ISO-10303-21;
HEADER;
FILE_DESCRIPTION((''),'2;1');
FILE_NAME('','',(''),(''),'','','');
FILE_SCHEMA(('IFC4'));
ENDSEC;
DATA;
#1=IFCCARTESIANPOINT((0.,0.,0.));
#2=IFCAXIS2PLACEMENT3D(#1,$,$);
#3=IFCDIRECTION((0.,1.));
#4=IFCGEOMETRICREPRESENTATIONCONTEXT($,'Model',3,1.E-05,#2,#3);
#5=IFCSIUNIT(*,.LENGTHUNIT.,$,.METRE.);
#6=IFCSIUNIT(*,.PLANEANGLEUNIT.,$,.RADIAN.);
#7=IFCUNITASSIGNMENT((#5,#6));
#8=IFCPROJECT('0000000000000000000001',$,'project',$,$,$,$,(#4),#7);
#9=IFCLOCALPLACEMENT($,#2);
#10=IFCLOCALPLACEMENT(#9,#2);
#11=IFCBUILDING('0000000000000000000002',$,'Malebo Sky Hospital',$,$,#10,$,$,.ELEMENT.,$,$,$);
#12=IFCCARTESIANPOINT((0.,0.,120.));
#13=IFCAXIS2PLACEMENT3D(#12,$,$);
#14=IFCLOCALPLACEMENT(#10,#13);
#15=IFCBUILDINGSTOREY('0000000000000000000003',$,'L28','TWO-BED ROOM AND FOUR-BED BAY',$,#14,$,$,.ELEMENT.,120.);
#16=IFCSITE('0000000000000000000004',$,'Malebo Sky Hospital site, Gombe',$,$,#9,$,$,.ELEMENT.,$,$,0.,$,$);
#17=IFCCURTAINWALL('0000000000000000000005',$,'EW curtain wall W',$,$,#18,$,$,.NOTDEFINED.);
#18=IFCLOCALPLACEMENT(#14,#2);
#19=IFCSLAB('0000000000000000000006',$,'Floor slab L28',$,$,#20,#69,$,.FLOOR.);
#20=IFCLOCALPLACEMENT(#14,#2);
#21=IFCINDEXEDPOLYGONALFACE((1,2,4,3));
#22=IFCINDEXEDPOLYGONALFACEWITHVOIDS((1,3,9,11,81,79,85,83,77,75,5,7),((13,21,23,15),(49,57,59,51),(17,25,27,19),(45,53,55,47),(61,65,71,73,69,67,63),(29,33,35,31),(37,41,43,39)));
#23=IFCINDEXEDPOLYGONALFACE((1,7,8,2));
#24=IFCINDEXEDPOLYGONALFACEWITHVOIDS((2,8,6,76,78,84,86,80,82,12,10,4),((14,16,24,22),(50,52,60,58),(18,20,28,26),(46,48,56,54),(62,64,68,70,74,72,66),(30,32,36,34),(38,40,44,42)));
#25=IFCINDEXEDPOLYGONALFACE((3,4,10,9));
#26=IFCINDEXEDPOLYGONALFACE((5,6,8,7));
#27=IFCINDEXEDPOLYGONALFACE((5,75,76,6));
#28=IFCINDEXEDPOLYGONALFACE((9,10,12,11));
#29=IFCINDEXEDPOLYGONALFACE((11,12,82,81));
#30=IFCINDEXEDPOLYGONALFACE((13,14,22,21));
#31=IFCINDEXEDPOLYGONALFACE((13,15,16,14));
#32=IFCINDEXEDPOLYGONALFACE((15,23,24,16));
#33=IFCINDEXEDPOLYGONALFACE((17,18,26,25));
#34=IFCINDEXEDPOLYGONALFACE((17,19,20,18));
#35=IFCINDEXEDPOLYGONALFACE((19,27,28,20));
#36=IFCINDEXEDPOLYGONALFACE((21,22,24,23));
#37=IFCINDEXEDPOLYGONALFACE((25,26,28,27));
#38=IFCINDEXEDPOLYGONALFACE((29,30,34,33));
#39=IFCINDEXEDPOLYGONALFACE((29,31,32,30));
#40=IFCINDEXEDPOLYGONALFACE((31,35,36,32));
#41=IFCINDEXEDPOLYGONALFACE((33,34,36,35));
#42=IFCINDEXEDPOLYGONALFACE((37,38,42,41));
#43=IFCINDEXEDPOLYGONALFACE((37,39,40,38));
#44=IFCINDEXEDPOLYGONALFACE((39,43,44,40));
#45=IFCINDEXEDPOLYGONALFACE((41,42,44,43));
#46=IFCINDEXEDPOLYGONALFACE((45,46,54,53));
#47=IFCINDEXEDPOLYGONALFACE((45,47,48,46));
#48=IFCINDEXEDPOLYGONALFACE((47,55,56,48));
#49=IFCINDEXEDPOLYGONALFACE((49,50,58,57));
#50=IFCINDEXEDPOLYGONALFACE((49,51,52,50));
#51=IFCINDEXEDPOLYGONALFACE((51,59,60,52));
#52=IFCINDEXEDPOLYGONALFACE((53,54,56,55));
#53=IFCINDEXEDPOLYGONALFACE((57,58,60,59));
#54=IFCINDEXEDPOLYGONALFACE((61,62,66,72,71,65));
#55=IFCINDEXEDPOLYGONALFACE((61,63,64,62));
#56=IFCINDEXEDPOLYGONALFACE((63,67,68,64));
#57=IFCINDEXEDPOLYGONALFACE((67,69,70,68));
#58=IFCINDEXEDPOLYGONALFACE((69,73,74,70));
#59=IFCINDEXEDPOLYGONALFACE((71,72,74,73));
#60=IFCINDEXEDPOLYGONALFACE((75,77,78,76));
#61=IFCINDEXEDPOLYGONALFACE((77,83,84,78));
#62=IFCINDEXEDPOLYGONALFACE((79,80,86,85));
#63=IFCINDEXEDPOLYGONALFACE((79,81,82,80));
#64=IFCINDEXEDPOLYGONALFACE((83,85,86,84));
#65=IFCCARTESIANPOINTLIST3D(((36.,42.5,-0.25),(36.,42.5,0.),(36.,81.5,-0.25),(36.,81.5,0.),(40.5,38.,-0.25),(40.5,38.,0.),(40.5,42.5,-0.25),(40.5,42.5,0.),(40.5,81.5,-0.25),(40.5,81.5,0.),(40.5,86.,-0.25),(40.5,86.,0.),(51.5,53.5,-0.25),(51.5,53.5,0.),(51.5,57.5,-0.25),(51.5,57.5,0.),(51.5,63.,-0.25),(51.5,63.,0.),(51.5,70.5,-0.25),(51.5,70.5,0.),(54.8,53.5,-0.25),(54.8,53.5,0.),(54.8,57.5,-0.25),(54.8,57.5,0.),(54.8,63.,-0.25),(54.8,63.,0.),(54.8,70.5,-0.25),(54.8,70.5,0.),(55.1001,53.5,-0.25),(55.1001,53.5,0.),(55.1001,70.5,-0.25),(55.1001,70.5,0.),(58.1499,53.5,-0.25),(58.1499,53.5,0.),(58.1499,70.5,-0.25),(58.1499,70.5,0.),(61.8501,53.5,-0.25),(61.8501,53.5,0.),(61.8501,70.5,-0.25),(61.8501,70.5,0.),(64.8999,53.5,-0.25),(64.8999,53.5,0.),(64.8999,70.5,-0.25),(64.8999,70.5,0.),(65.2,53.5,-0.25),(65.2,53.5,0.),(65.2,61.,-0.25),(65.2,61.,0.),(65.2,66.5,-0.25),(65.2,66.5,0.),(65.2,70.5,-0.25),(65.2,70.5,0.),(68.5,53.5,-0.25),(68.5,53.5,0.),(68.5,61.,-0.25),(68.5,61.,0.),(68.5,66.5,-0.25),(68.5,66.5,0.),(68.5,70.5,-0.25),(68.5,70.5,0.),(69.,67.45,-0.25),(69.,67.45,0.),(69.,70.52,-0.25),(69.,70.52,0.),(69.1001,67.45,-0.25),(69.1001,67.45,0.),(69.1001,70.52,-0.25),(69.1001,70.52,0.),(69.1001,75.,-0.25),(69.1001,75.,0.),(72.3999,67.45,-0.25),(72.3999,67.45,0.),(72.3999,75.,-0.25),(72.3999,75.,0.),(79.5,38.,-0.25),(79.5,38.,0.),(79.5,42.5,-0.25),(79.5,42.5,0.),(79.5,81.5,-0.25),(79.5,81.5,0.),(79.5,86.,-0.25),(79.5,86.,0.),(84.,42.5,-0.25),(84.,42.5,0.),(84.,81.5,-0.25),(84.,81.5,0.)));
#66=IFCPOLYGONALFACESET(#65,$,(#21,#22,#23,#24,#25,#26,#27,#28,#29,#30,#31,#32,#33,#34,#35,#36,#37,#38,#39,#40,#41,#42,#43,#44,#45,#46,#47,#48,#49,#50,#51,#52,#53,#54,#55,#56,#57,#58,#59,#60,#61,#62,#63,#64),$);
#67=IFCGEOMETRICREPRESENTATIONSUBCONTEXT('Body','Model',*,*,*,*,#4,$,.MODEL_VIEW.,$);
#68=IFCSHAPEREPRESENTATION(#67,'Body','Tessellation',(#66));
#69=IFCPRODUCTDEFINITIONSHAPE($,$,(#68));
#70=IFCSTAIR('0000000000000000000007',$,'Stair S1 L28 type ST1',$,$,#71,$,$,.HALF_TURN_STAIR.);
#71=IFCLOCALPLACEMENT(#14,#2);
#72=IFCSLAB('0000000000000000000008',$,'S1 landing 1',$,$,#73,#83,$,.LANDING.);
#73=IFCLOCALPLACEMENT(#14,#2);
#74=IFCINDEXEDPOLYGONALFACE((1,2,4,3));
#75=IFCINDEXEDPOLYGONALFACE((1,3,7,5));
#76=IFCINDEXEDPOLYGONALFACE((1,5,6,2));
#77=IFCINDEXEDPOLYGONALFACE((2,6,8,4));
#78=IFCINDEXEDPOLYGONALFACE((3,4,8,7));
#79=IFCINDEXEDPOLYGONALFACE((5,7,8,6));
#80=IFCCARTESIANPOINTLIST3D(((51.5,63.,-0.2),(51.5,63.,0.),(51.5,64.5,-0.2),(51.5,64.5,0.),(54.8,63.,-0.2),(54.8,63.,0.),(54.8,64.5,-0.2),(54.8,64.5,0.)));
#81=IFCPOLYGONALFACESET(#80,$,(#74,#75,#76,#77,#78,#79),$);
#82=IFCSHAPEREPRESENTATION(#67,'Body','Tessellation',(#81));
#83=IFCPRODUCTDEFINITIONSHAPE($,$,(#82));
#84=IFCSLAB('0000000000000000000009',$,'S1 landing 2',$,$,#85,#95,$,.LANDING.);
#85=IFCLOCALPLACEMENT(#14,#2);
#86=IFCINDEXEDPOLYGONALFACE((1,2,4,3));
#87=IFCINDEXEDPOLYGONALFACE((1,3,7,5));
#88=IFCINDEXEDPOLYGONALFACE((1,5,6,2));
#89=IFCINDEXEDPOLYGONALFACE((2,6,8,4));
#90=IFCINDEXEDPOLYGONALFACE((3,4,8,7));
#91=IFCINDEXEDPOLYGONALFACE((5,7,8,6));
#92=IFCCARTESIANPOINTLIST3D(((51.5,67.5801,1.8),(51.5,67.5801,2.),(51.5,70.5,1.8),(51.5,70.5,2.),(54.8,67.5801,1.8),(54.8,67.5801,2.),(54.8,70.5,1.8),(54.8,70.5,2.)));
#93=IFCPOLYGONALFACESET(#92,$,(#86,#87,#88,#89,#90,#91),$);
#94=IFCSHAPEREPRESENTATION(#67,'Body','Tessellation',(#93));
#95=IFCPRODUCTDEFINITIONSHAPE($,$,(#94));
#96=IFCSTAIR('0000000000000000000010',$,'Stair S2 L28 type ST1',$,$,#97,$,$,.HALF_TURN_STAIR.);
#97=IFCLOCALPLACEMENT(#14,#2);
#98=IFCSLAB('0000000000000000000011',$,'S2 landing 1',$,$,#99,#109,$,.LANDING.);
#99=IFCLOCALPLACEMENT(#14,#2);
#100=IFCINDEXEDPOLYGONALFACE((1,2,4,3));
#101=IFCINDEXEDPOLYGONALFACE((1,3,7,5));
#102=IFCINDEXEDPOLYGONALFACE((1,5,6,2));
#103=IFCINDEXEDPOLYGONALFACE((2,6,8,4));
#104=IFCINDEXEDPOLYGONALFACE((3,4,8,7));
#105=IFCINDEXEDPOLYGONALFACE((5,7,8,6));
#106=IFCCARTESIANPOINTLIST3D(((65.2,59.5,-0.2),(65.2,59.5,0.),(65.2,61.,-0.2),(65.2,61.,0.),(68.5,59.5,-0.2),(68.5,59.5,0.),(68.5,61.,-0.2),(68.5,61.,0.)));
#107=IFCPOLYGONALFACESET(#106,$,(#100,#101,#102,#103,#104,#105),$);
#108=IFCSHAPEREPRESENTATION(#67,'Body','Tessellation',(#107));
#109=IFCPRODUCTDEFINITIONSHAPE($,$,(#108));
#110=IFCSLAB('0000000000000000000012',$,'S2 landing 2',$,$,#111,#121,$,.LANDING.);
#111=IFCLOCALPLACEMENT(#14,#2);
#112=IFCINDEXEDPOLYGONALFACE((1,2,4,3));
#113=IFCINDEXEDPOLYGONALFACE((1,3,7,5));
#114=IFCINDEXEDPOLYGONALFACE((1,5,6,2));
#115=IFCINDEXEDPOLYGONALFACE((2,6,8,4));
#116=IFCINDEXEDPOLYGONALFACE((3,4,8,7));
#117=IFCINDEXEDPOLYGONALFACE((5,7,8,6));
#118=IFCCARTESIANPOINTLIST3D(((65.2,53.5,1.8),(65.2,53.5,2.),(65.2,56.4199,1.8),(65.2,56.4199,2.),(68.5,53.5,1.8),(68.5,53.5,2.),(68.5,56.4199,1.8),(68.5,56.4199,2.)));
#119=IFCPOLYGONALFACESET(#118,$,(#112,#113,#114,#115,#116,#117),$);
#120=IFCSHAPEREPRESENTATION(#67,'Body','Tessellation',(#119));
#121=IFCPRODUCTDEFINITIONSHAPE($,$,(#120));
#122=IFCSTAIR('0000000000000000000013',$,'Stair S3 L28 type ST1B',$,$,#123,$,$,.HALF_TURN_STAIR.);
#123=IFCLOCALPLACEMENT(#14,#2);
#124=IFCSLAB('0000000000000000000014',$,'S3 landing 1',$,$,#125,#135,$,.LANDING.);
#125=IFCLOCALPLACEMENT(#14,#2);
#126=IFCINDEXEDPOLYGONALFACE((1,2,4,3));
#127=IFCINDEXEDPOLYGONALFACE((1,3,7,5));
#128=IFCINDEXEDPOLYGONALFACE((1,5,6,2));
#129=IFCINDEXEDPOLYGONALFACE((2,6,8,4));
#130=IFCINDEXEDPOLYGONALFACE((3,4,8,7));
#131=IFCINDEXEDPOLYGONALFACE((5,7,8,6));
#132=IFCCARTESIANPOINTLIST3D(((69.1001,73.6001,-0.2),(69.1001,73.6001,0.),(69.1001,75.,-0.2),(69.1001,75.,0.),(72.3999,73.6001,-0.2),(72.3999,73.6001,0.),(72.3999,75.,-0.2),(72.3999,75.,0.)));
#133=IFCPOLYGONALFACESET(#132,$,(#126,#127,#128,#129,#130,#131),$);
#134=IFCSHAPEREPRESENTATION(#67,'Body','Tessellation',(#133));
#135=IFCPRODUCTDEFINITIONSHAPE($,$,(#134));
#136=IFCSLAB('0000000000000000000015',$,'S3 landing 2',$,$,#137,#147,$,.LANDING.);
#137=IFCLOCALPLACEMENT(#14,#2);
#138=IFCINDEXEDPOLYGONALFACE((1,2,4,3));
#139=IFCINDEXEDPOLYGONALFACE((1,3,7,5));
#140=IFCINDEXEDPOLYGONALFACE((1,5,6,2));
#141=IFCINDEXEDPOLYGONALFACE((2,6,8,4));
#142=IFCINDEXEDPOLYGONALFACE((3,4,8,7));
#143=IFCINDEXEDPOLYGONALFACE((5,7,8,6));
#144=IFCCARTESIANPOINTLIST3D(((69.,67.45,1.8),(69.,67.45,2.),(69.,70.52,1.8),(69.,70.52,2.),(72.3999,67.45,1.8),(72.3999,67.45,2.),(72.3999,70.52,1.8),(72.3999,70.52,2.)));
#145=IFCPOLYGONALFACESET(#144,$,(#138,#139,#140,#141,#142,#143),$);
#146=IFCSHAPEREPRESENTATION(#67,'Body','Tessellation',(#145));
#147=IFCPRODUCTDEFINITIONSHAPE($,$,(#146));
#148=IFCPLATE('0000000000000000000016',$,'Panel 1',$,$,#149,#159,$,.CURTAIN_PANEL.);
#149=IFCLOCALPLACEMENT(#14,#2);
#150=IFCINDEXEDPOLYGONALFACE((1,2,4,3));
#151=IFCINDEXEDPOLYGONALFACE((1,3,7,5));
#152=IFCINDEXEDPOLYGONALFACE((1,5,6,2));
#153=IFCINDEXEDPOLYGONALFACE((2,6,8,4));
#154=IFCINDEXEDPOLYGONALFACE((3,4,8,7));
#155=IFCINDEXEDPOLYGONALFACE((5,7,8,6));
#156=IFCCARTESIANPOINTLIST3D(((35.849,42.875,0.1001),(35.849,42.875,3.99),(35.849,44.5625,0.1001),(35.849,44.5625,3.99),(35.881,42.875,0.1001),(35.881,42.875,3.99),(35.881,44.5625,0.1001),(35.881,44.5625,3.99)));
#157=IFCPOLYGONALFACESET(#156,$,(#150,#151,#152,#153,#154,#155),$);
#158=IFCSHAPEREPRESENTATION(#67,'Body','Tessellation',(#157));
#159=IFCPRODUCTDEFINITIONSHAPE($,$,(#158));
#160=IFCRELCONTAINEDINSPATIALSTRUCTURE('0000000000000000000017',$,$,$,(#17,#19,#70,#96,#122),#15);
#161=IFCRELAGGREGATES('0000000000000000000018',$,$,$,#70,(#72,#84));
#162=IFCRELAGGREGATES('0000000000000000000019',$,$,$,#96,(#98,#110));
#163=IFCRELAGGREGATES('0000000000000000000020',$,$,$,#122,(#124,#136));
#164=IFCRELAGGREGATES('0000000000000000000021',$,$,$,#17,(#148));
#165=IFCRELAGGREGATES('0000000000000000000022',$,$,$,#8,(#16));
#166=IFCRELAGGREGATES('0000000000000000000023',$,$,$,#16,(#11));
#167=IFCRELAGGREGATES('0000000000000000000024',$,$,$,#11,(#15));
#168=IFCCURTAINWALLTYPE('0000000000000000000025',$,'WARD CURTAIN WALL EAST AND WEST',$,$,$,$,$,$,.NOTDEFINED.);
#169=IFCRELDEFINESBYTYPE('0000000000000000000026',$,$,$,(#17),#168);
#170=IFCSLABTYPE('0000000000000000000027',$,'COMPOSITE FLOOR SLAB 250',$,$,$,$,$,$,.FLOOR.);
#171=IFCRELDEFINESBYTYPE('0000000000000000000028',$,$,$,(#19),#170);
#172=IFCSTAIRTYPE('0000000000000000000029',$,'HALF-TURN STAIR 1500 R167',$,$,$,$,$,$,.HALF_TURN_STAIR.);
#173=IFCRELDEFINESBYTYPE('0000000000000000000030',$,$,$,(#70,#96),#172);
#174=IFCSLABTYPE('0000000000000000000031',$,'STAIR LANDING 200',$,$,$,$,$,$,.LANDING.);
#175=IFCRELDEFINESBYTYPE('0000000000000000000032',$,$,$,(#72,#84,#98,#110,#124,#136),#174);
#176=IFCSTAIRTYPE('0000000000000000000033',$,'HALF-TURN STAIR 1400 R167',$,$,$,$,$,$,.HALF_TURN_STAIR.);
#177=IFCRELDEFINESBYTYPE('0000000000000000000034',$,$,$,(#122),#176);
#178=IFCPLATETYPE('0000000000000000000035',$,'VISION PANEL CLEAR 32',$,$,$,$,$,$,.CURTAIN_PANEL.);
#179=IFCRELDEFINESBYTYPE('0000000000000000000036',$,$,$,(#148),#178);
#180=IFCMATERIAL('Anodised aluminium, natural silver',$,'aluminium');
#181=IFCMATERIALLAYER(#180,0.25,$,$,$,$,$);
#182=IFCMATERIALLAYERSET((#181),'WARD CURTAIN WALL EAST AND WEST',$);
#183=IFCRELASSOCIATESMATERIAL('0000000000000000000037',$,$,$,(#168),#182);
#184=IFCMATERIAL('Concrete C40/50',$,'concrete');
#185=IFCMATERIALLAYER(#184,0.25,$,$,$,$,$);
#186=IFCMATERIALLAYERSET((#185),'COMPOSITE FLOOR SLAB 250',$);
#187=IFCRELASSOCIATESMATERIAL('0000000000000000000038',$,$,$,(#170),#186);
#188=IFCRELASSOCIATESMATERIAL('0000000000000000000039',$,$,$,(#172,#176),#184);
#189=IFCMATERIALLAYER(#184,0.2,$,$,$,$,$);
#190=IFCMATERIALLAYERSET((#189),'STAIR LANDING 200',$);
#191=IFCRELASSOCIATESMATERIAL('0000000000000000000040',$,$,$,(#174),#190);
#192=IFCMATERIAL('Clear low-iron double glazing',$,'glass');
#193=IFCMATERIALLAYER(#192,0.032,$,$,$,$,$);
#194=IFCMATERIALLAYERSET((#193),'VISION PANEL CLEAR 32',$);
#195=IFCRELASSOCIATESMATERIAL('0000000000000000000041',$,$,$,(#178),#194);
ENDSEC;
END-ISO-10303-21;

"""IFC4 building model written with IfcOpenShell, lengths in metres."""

from ifc_helpers import new_model, si_unit, direction, frame, origin, origin_2d, place, context, subcontext, project, spatial, polyline, rectangle, outline, extrude, material, layer, layer_set, type_object, element, aggregate, save


model = new_model("IFC4")

# Units and contexts
model_context = context("Model", 3, precision=1e-05, world=origin(), true_north=direction((0.0, 1.0)))
body_context = subcontext(model_context, "Body", "Model", "MODEL_VIEW")
ifc_project = project(units=[si_unit("LENGTHUNIT", "METRE"), si_unit("PLANEANGLEUNIT", "RADIAN")], contexts=[model_context])

# Site, building, storey
site_placement = place(None, origin())
site = spatial("IfcSite", under=ifc_project, at=site_placement, Name="Malebo Sky Hospital site, Gombe", CompositionType="ELEMENT", RefElevation=0.0)
building_placement = place(site_placement, origin())
building = spatial("IfcBuilding", under=site, at=building_placement, Name="Malebo Sky Hospital", CompositionType="ELEMENT")
storey_placement = place(building_placement, frame((0.0, 0.0, 120.0)))
storey = spatial("IfcBuildingStorey", under=building, at=storey_placement, Name="L28", Description="TWO-BED ROOM AND FOUR-BED BAY", CompositionType="ELEMENT", Elevation=120.0)

# Curtain wall
ifc_material_1 = material(Name="Anodised aluminium, natural silver", Category="aluminium")
ifc_layer_1 = layer(ifc_material_1, 0.25)
ifc_layer_set_1 = layer_set([ifc_layer_1], Name="WARD CURTAIN WALL EAST AND WEST")
curtain_wall_type = type_object("IfcCurtainWallType", Name="WARD CURTAIN WALL EAST AND WEST", PredefinedType="NOTDEFINED", material=ifc_layer_set_1)
curtain_wall_placement = place(storey_placement, origin())
curtain_wall = element("IfcCurtainWall", 1, at=curtain_wall_placement, inside=storey, type_object=curtain_wall_type, Name="EW curtain wall W", PredefinedType="NOTDEFINED")

# Slab
ifc_material_2 = material(Name="Concrete C40/50", Category="concrete")
ifc_layer_2 = layer(ifc_material_2, 0.25)
ifc_layer_set_2 = layer_set([ifc_layer_2], Name="COMPOSITE FLOOR SLAB 250")
slab_type_1 = type_object("IfcSlabType", Name="COMPOSITE FLOOR SLAB 250", PredefinedType="FLOOR", material=ifc_layer_set_2)
slab_1_placement = place(storey_placement, frame((0.0, 0.0, -0.25)))
element("IfcSlab", 2, at=slab_1_placement, inside=storey, type_object=slab_type_1, Name="Floor slab L28", PredefinedType="FLOOR", context=body_context, shape_type="SweptSolid", body=[
    extrude(outline(polyline([(40.5, 86.0), (40.5, 81.5), (36.0, 81.5), (36.0, 42.5), (40.5, 42.5), (40.5, 38.0), (79.5, 38.0), (79.5, 42.5), (84.0, 42.5), (84.0, 81.5), (79.5, 81.5), (79.5, 86.0), (40.5, 86.0)]), holes=[polyline([(55.1001, 70.5), (58.1499, 70.5), (58.1499, 53.5), (55.1001, 53.5), (55.1001, 70.5)]), polyline([(64.8999, 70.5), (64.8999, 53.5), (61.8501, 53.5), (61.8501, 70.5), (64.8999, 70.5)]), polyline([(54.8, 63.0), (51.5, 63.0), (51.5, 70.5), (54.8, 70.5), (54.8, 63.0)]), polyline([(51.5, 53.5), (51.5, 57.5), (54.8, 57.5), (54.8, 53.5), (51.5, 53.5)]), polyline([(65.2, 61.0), (68.5, 61.0), (68.5, 53.5), (65.2, 53.5), (65.2, 61.0)]), polyline([(68.5, 70.5), (68.5, 66.5), (65.2, 66.5), (65.2, 70.5), (68.5, 70.5)]), polyline([(69.0, 67.45), (69.0, 70.52), (69.1001, 70.52), (69.1001, 75.0), (72.3999, 75.0), (72.3999, 67.45), (69.1001, 67.45), (69.0, 67.45)])]), origin(), (0.0, 0.0, 1.0), 0.25),
])

# Stairs, slabs
stair_type_1 = type_object("IfcStairType", Name="HALF-TURN STAIR 1500 R167", PredefinedType="HALF_TURN_STAIR", material=ifc_material_2)
stair_1_placement = place(storey_placement, origin())
stair_1 = element("IfcStair", 3, at=stair_1_placement, inside=storey, type_object=stair_type_1, Name="Stair S1 L28 type ST1", PredefinedType="HALF_TURN_STAIR")
ifc_layer_3 = layer(ifc_material_2, 0.2)
ifc_layer_set_3 = layer_set([ifc_layer_3], Name="STAIR LANDING 200")
slab_type_2 = type_object("IfcSlabType", Name="STAIR LANDING 200", PredefinedType="LANDING", material=ifc_layer_set_3)
slab_2_placement = place(storey_placement, frame((0.0, 0.0, -0.2)))
slab_2 = element("IfcSlab", 4, at=slab_2_placement, type_object=slab_type_2, Name="S1 landing 1", PredefinedType="LANDING", context=body_context, shape_type="SweptSolid", body=[
    extrude(outline(polyline([(51.5, 63.0), (54.8, 63.0), (54.8, 64.5), (51.5, 64.5), (51.5, 63.0)])), origin(), (0.0, 0.0, 1.0), 0.2),
])
slab_3_placement = place(storey_placement, frame((0.0, 0.0, 1.8)))
slab_3 = element("IfcSlab", 5, at=slab_3_placement, type_object=slab_type_2, Name="S1 landing 2", PredefinedType="LANDING", context=body_context, shape_type="SweptSolid", body=[
    extrude(outline(polyline([(51.5, 67.5801), (54.8, 67.5801), (54.8, 70.5), (51.5, 70.5), (51.5, 67.5801)])), origin(), (0.0, 0.0, 1.0), 0.2),
])
aggregate(stair_1, [slab_2, slab_3])
stair_2_placement = place(storey_placement, origin())
stair_2 = element("IfcStair", 6, at=stair_2_placement, inside=storey, type_object=stair_type_1, Name="Stair S2 L28 type ST1", PredefinedType="HALF_TURN_STAIR")
slab_4_placement = place(storey_placement, frame((0.0, 0.0, -0.2)))
slab_4 = element("IfcSlab", 7, at=slab_4_placement, type_object=slab_type_2, Name="S2 landing 1", PredefinedType="LANDING", context=body_context, shape_type="SweptSolid", body=[
    extrude(outline(polyline([(65.2, 59.5), (68.5, 59.5), (68.5, 61.0), (65.2, 61.0), (65.2, 59.5)])), origin(), (0.0, 0.0, 1.0), 0.2),
])
slab_5_placement = place(storey_placement, frame((0.0, 0.0, 1.8)))
slab_5 = element("IfcSlab", 8, at=slab_5_placement, type_object=slab_type_2, Name="S2 landing 2", PredefinedType="LANDING", context=body_context, shape_type="SweptSolid", body=[
    extrude(outline(polyline([(65.2, 53.5), (68.5, 53.5), (68.5, 56.4199), (65.2, 56.4199), (65.2, 53.5)])), origin(), (0.0, 0.0, 1.0), 0.2),
])
aggregate(stair_2, [slab_4, slab_5])
stair_type_2 = type_object("IfcStairType", Name="HALF-TURN STAIR 1400 R167", PredefinedType="HALF_TURN_STAIR", material=ifc_material_2)
stair_3_placement = place(storey_placement, origin())
stair_3 = element("IfcStair", 9, at=stair_3_placement, inside=storey, type_object=stair_type_2, Name="Stair S3 L28 type ST1B", PredefinedType="HALF_TURN_STAIR")
slab_6_placement = place(storey_placement, frame((0.0, 0.0, -0.2)))
slab_6 = element("IfcSlab", 10, at=slab_6_placement, type_object=slab_type_2, Name="S3 landing 1", PredefinedType="LANDING", context=body_context, shape_type="SweptSolid", body=[
    extrude(outline(polyline([(69.1001, 73.6001), (72.3999, 73.6001), (72.3999, 75.0), (69.1001, 75.0), (69.1001, 73.6001)])), origin(), (0.0, 0.0, 1.0), 0.2),
])
slab_7_placement = place(storey_placement, frame((0.0, 0.0, 1.8)))
slab_7 = element("IfcSlab", 11, at=slab_7_placement, type_object=slab_type_2, Name="S3 landing 2", PredefinedType="LANDING", context=body_context, shape_type="SweptSolid", body=[
    extrude(outline(polyline([(69.0, 67.45), (72.3999, 67.45), (72.3999, 70.52), (69.0, 70.52), (69.0, 67.45)])), origin(), (0.0, 0.0, 1.0), 0.2),
])
aggregate(stair_3, [slab_6, slab_7])

# Plate
ifc_material_3 = material(Name="Clear low-iron double glazing", Category="glass")
ifc_layer_4 = layer(ifc_material_3, 0.032)
ifc_layer_set_4 = layer_set([ifc_layer_4], Name="VISION PANEL CLEAR 32")
plate_type = type_object("IfcPlateType", Name="VISION PANEL CLEAR 32", PredefinedType="CURTAIN_PANEL", material=ifc_layer_set_4)
plate_placement = place(storey_placement, frame((35.865, 43.7188, 0.1001), z_axis=(0.0, 0.0, 1.0), x_axis=(0.0, 1.0, 0.0)))
plate = element("IfcPlate", 12, at=plate_placement, type_object=plate_type, Name="Panel 1", PredefinedType="CURTAIN_PANEL", context=body_context, shape_type="SweptSolid", body=[
    extrude(rectangle(XDim=1.6875, YDim=0.032, at=origin_2d()), origin(), (0.0, 0.0, 1.0), 3.8899),
])
aggregate(curtain_wall, [plate])

save(model, "model.ifc")
